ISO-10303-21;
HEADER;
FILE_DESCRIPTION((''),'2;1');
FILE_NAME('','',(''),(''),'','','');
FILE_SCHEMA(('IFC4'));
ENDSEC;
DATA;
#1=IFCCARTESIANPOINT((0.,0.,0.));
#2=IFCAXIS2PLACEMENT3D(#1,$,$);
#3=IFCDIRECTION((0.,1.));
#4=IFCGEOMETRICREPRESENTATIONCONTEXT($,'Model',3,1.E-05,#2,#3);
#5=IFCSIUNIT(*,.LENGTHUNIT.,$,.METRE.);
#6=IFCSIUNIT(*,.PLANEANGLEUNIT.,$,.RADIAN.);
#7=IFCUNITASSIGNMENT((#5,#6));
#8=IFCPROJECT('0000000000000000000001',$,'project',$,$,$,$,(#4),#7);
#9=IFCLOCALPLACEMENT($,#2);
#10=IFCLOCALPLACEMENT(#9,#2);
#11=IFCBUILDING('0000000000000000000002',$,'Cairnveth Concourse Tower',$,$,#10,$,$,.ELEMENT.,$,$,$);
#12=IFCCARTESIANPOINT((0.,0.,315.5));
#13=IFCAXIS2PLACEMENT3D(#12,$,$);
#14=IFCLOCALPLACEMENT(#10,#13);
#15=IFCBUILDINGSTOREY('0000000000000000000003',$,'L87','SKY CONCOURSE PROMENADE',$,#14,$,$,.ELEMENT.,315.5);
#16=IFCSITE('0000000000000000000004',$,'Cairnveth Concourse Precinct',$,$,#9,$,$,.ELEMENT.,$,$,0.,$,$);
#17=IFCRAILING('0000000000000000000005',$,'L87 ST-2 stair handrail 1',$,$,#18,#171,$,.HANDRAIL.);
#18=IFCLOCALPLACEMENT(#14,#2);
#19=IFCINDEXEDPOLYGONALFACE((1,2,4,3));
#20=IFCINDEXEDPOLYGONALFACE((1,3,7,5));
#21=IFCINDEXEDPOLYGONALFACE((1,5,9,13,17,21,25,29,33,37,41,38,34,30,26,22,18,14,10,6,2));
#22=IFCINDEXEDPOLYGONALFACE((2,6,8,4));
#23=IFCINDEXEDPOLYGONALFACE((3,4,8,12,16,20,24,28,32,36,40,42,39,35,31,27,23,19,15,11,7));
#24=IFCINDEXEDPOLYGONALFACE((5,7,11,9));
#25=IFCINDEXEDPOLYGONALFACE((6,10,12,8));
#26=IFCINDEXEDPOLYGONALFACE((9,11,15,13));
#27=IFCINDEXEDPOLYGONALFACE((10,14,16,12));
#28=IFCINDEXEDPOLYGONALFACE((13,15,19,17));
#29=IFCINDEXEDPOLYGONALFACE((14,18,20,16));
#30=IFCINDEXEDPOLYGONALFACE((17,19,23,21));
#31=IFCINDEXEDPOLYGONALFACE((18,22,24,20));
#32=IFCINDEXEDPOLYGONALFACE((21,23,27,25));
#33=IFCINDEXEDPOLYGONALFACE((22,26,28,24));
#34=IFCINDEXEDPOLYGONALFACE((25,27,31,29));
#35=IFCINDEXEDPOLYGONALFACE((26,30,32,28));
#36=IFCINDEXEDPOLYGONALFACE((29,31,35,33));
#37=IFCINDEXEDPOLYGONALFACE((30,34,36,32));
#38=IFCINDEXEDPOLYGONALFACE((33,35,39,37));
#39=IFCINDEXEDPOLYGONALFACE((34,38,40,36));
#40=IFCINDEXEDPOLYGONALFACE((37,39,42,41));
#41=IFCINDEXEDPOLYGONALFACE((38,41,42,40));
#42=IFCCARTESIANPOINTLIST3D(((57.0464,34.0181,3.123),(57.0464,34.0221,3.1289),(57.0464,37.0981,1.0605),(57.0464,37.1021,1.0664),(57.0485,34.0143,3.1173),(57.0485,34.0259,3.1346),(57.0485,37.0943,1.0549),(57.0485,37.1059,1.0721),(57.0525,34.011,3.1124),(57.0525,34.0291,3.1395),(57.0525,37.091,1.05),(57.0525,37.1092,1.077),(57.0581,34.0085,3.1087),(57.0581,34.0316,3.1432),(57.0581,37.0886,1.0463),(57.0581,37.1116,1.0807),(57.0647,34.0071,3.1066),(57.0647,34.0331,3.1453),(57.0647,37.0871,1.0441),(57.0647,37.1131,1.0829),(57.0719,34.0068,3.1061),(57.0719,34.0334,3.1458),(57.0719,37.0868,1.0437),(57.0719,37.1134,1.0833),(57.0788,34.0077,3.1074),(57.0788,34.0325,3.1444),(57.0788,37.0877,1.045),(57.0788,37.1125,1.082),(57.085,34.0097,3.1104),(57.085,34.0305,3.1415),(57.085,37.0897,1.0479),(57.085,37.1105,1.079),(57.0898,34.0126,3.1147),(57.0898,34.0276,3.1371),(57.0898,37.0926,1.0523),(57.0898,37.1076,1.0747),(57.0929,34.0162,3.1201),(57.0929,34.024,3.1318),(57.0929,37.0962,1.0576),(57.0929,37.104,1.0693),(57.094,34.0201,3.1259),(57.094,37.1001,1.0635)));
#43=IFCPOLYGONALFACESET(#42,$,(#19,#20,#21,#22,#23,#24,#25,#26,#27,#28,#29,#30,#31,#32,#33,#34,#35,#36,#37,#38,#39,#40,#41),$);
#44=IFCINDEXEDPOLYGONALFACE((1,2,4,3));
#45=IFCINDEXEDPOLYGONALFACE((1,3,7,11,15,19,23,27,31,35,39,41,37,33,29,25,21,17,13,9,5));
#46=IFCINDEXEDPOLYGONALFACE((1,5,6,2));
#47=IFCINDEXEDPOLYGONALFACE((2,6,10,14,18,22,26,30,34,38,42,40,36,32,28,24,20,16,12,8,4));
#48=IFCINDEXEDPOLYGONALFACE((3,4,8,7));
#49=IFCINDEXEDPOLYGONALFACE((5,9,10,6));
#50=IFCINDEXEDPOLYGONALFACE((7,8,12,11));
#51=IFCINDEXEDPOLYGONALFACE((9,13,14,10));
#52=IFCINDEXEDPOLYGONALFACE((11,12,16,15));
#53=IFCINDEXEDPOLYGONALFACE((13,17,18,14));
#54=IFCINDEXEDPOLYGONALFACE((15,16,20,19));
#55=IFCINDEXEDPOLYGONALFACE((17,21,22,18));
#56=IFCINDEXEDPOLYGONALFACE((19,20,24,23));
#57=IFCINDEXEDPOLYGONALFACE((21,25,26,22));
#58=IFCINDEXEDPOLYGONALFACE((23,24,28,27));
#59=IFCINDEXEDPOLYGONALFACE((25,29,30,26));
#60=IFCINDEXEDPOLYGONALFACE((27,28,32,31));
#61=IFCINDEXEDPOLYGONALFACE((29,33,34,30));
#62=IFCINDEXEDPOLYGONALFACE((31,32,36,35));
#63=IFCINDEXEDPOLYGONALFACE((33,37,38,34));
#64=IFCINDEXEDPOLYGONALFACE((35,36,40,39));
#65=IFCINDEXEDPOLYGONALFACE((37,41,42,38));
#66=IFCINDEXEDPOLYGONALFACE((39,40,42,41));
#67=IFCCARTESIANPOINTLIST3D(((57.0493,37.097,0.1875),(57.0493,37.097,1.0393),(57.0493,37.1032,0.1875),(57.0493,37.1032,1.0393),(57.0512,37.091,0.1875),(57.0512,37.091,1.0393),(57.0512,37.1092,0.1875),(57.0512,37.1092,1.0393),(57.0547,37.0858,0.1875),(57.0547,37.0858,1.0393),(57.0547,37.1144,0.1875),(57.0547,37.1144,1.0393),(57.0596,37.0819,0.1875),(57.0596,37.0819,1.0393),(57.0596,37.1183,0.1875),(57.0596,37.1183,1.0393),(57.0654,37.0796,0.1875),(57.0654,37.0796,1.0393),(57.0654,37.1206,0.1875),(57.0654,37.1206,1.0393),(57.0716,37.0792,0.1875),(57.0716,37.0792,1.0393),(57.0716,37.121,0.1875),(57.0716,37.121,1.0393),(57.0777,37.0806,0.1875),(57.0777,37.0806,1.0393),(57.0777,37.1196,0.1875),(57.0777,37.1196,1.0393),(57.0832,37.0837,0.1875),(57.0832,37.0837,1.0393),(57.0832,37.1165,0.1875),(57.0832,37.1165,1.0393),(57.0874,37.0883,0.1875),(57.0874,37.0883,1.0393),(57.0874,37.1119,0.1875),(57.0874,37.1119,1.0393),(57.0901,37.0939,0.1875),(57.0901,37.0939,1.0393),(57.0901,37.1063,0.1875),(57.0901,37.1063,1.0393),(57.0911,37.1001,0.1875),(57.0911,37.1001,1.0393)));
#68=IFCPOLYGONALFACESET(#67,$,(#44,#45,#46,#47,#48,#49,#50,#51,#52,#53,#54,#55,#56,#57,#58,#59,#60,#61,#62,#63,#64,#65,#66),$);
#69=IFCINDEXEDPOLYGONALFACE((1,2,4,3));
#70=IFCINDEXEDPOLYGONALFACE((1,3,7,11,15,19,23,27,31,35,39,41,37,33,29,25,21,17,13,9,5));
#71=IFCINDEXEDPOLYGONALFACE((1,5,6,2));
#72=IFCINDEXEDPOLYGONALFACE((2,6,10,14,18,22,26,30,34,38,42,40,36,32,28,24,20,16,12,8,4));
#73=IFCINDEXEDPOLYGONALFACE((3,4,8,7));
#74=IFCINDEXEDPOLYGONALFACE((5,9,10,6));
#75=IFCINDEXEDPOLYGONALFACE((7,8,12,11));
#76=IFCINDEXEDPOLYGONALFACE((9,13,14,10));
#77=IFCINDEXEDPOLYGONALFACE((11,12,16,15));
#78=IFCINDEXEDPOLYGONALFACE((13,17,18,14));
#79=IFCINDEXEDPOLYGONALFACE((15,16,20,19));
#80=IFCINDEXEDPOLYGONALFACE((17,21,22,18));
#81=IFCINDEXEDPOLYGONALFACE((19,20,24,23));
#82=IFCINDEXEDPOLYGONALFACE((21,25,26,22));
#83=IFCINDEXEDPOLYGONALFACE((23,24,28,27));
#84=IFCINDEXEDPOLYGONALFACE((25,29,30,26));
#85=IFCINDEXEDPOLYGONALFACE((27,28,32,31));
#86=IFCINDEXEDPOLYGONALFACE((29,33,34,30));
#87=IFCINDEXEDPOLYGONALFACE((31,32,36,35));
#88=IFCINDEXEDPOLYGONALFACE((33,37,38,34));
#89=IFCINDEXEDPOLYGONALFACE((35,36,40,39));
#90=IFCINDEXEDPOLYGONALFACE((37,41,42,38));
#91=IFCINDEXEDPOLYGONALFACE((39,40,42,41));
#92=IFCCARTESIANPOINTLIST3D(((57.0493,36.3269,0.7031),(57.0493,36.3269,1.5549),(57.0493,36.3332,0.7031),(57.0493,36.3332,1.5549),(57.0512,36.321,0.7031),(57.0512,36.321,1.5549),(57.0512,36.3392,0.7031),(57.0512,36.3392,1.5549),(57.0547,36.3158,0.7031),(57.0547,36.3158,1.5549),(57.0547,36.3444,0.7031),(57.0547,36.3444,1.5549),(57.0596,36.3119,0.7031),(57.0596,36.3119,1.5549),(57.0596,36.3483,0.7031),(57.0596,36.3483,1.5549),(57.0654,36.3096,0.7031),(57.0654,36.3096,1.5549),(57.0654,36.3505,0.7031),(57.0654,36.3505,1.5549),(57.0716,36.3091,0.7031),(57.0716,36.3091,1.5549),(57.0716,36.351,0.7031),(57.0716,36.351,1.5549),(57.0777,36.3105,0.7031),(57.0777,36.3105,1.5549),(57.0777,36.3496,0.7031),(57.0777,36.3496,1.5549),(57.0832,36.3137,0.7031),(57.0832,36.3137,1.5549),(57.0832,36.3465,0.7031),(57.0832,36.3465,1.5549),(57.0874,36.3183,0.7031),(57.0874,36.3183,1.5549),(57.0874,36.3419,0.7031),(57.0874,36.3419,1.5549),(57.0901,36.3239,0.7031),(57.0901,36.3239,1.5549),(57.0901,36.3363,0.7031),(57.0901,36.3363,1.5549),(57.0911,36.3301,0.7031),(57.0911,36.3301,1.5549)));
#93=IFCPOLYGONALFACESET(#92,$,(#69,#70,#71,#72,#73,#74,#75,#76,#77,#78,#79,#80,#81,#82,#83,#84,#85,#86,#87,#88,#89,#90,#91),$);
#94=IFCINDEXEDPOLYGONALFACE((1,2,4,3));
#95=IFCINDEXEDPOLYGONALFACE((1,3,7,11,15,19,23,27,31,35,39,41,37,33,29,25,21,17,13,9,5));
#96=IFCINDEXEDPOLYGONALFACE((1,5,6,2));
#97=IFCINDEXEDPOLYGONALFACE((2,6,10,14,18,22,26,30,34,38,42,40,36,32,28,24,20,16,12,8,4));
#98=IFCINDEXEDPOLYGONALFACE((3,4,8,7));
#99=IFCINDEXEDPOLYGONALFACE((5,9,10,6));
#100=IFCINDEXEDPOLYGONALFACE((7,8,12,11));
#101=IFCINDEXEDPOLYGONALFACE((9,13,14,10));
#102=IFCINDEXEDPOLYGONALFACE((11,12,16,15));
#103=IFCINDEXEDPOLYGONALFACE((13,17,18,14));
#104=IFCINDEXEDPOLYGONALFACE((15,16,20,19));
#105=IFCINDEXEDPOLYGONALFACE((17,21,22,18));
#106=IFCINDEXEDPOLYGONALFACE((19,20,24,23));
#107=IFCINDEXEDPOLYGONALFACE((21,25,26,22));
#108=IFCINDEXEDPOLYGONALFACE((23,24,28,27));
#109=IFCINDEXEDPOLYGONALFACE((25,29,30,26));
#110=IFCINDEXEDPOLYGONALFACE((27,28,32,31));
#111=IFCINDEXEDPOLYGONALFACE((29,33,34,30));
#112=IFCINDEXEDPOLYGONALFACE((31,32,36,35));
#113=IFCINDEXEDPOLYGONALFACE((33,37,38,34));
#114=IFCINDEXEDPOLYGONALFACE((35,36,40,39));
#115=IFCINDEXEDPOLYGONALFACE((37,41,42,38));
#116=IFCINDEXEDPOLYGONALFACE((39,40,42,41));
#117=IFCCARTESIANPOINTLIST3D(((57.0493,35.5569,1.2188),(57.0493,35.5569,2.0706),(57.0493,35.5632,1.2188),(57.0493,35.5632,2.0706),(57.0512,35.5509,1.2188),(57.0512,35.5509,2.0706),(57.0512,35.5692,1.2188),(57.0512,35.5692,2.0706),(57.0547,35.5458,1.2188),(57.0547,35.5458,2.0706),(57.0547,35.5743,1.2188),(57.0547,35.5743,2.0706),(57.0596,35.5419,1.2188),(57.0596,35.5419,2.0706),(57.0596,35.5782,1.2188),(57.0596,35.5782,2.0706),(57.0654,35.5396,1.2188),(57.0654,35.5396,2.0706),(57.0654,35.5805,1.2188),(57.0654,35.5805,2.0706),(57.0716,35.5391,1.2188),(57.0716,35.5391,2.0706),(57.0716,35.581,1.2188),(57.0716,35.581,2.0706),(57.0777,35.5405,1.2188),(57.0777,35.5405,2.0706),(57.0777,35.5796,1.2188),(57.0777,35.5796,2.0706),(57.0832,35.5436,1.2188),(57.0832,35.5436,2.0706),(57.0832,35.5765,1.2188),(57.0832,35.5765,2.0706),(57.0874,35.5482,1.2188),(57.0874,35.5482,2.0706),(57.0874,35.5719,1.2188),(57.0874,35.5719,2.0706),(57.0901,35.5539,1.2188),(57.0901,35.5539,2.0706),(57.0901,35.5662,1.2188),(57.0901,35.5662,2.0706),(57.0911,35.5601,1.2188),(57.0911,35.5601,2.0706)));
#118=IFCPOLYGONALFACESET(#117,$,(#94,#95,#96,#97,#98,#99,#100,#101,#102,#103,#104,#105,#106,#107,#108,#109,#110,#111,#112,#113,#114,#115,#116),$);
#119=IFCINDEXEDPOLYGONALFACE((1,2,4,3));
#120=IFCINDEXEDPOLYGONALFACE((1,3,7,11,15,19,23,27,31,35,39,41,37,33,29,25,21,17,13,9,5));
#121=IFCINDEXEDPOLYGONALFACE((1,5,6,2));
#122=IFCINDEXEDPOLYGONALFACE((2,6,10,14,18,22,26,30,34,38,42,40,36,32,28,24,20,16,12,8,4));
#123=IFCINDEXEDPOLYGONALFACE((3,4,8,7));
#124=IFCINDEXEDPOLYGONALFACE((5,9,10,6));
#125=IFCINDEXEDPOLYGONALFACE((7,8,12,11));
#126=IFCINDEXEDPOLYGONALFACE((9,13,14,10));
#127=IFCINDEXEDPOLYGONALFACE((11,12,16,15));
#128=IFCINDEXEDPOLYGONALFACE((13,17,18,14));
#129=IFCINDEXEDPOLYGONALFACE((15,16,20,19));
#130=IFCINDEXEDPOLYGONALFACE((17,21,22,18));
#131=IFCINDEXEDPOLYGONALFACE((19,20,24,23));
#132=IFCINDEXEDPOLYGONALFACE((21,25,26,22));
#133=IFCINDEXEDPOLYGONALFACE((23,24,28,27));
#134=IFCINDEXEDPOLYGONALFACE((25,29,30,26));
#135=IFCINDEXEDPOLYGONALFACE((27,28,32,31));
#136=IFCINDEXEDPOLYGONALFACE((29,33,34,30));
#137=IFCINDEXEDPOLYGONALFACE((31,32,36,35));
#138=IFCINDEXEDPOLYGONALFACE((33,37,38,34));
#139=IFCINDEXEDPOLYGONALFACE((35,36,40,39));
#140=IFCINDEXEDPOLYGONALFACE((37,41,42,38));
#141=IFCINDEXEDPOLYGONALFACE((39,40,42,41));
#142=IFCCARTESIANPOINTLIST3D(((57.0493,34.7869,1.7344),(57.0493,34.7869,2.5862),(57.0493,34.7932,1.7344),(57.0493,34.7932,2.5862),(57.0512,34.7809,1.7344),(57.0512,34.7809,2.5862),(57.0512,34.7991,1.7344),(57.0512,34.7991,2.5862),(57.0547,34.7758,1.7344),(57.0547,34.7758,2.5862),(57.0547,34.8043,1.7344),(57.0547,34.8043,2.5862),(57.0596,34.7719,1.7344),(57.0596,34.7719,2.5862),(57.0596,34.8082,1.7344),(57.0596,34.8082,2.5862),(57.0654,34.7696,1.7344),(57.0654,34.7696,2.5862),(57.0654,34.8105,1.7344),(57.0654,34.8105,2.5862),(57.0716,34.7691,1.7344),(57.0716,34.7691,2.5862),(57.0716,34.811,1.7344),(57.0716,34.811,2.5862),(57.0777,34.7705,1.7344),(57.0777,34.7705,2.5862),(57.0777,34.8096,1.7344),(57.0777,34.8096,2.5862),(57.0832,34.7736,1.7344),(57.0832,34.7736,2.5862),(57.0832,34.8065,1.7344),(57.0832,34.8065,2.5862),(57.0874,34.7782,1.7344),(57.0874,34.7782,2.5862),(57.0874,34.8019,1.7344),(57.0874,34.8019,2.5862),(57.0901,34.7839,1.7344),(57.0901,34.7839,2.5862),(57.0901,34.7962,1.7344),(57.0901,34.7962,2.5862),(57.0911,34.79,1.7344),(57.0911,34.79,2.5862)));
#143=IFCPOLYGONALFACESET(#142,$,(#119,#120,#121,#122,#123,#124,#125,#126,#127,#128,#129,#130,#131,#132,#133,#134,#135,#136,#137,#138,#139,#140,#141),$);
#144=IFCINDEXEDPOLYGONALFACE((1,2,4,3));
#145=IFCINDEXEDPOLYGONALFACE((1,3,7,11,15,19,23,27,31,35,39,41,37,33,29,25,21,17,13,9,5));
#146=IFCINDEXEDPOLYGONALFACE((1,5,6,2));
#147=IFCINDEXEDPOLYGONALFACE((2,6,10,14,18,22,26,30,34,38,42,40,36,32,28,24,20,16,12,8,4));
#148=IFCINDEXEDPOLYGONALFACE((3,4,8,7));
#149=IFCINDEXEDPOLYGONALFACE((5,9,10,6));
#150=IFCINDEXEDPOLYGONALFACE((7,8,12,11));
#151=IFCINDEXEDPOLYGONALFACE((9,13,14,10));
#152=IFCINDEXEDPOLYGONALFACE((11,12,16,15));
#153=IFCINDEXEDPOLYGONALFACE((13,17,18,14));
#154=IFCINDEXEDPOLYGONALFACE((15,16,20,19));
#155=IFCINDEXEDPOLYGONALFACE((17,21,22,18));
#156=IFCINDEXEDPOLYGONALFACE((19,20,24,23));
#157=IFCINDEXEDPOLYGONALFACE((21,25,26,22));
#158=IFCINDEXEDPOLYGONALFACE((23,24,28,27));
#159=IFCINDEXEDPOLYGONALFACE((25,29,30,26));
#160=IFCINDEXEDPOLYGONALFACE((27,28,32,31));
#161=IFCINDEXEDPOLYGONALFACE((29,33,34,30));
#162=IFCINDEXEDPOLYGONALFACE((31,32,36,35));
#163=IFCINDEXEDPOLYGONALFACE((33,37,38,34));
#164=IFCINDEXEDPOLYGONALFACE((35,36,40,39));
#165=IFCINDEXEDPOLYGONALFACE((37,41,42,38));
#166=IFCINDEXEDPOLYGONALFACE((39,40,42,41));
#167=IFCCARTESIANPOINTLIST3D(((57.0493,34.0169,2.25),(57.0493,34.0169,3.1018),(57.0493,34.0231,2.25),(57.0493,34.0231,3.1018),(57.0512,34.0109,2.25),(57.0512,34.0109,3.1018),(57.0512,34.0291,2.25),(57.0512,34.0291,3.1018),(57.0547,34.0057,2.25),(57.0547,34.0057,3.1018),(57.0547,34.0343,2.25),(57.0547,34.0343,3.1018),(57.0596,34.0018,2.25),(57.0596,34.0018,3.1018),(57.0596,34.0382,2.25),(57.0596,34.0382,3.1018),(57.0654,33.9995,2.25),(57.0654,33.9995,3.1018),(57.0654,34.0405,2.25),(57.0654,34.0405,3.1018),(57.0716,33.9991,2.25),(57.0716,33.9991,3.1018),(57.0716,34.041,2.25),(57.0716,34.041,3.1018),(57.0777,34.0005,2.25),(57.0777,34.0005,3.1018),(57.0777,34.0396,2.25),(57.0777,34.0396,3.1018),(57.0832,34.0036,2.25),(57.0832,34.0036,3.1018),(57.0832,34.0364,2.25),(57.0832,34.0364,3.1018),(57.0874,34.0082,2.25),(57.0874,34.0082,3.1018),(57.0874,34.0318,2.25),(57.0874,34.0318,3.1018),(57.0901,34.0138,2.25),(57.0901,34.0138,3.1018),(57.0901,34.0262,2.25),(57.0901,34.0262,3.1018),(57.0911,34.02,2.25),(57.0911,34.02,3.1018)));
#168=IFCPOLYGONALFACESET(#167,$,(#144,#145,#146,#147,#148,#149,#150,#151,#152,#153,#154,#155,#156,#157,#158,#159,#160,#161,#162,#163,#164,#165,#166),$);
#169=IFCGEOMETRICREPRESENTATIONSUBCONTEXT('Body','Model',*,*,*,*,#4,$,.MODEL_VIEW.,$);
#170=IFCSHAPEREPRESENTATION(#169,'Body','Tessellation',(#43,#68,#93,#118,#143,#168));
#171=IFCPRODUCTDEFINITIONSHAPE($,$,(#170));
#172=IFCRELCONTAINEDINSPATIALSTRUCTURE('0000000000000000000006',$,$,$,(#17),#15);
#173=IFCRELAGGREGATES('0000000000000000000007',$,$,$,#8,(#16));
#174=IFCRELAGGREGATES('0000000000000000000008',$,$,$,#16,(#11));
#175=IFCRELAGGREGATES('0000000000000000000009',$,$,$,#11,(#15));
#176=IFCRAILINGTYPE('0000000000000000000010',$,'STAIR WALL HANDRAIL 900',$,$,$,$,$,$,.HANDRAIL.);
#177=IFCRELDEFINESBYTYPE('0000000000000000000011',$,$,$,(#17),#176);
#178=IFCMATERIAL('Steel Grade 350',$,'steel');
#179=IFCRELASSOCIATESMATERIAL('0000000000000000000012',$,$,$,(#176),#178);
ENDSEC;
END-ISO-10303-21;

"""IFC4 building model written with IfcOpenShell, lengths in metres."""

from ifc_helpers import new_model, si_unit, direction, frame, origin, origin_2d, place, context, subcontext, project, spatial, circle, extrude, material, type_object, element, save


model = new_model("IFC4")

# Units and contexts
model_context = context("Model", 3, precision=1e-05, world=origin(), true_north=direction((0.0, 1.0)))
body_context = subcontext(model_context, "Body", "Model", "MODEL_VIEW")
ifc_project = project(units=[si_unit("LENGTHUNIT", "METRE"), si_unit("PLANEANGLEUNIT", "RADIAN")], contexts=[model_context])

# Site, building, storey
site_placement = place(None, origin())
site = spatial("IfcSite", under=ifc_project, at=site_placement, Name="Cairnveth Concourse Precinct", CompositionType="ELEMENT", RefElevation=0.0)
building_placement = place(site_placement, origin())
building = spatial("IfcBuilding", under=site, at=building_placement, Name="Cairnveth Concourse Tower", CompositionType="ELEMENT")
storey_placement = place(building_placement, frame((0.0, 0.0, 315.5)))
storey = spatial("IfcBuildingStorey", under=building, at=storey_placement, Name="L87", Description="SKY CONCOURSE PROMENADE", CompositionType="ELEMENT", Elevation=315.5)

# Shared definitions
ifc_material_1 = material(Name="Steel Grade 350", Category="steel")

# Railing
railing_type_1 = type_object("IfcRailingType", Name="STAIR WALL HANDRAIL 900", PredefinedType="HANDRAIL", material=ifc_material_1)
railing_1_placement = place(storey_placement, frame((57.0701, 37.1001, 0.1875)))
element("IfcRailing", 1, at=railing_1_placement, inside=storey, type_object=railing_type_1, Name="L87 ST-2 stair handrail 1", PredefinedType="HANDRAIL", context=body_context, shape_type="SweptSolid", body=[
    extrude(circle(Radius=0.0239, at=origin_2d()), frame((0.0, 0.0, 0.876), z_axis=(0.0, -0.830914, 0.556401), x_axis=(1.0, 0.0, 0.0)), (0.0, 0.0, 1.0), 3.7068),
    extrude(circle(Radius=0.021, at=origin_2d()), origin(), (0.0, 0.0, 1.0), 0.8518),
    extrude(circle(Radius=0.021, at=origin_2d()), frame((0.0, -0.77, 0.5156)), (0.0, 0.0, 1.0), 0.8518),
    extrude(circle(Radius=0.021, at=origin_2d()), frame((0.0, -1.54, 1.0312)), (0.0, 0.0, 1.0), 0.8518),
    extrude(circle(Radius=0.021, at=origin_2d()), frame((0.0, -2.3101, 1.5469)), (0.0, 0.0, 1.0), 0.8518),
    extrude(circle(Radius=0.021, at=origin_2d()), frame((0.0, -3.0801, 2.0625)), (0.0, 0.0, 1.0), 0.8518),
])

save(model, "model.ifc")
